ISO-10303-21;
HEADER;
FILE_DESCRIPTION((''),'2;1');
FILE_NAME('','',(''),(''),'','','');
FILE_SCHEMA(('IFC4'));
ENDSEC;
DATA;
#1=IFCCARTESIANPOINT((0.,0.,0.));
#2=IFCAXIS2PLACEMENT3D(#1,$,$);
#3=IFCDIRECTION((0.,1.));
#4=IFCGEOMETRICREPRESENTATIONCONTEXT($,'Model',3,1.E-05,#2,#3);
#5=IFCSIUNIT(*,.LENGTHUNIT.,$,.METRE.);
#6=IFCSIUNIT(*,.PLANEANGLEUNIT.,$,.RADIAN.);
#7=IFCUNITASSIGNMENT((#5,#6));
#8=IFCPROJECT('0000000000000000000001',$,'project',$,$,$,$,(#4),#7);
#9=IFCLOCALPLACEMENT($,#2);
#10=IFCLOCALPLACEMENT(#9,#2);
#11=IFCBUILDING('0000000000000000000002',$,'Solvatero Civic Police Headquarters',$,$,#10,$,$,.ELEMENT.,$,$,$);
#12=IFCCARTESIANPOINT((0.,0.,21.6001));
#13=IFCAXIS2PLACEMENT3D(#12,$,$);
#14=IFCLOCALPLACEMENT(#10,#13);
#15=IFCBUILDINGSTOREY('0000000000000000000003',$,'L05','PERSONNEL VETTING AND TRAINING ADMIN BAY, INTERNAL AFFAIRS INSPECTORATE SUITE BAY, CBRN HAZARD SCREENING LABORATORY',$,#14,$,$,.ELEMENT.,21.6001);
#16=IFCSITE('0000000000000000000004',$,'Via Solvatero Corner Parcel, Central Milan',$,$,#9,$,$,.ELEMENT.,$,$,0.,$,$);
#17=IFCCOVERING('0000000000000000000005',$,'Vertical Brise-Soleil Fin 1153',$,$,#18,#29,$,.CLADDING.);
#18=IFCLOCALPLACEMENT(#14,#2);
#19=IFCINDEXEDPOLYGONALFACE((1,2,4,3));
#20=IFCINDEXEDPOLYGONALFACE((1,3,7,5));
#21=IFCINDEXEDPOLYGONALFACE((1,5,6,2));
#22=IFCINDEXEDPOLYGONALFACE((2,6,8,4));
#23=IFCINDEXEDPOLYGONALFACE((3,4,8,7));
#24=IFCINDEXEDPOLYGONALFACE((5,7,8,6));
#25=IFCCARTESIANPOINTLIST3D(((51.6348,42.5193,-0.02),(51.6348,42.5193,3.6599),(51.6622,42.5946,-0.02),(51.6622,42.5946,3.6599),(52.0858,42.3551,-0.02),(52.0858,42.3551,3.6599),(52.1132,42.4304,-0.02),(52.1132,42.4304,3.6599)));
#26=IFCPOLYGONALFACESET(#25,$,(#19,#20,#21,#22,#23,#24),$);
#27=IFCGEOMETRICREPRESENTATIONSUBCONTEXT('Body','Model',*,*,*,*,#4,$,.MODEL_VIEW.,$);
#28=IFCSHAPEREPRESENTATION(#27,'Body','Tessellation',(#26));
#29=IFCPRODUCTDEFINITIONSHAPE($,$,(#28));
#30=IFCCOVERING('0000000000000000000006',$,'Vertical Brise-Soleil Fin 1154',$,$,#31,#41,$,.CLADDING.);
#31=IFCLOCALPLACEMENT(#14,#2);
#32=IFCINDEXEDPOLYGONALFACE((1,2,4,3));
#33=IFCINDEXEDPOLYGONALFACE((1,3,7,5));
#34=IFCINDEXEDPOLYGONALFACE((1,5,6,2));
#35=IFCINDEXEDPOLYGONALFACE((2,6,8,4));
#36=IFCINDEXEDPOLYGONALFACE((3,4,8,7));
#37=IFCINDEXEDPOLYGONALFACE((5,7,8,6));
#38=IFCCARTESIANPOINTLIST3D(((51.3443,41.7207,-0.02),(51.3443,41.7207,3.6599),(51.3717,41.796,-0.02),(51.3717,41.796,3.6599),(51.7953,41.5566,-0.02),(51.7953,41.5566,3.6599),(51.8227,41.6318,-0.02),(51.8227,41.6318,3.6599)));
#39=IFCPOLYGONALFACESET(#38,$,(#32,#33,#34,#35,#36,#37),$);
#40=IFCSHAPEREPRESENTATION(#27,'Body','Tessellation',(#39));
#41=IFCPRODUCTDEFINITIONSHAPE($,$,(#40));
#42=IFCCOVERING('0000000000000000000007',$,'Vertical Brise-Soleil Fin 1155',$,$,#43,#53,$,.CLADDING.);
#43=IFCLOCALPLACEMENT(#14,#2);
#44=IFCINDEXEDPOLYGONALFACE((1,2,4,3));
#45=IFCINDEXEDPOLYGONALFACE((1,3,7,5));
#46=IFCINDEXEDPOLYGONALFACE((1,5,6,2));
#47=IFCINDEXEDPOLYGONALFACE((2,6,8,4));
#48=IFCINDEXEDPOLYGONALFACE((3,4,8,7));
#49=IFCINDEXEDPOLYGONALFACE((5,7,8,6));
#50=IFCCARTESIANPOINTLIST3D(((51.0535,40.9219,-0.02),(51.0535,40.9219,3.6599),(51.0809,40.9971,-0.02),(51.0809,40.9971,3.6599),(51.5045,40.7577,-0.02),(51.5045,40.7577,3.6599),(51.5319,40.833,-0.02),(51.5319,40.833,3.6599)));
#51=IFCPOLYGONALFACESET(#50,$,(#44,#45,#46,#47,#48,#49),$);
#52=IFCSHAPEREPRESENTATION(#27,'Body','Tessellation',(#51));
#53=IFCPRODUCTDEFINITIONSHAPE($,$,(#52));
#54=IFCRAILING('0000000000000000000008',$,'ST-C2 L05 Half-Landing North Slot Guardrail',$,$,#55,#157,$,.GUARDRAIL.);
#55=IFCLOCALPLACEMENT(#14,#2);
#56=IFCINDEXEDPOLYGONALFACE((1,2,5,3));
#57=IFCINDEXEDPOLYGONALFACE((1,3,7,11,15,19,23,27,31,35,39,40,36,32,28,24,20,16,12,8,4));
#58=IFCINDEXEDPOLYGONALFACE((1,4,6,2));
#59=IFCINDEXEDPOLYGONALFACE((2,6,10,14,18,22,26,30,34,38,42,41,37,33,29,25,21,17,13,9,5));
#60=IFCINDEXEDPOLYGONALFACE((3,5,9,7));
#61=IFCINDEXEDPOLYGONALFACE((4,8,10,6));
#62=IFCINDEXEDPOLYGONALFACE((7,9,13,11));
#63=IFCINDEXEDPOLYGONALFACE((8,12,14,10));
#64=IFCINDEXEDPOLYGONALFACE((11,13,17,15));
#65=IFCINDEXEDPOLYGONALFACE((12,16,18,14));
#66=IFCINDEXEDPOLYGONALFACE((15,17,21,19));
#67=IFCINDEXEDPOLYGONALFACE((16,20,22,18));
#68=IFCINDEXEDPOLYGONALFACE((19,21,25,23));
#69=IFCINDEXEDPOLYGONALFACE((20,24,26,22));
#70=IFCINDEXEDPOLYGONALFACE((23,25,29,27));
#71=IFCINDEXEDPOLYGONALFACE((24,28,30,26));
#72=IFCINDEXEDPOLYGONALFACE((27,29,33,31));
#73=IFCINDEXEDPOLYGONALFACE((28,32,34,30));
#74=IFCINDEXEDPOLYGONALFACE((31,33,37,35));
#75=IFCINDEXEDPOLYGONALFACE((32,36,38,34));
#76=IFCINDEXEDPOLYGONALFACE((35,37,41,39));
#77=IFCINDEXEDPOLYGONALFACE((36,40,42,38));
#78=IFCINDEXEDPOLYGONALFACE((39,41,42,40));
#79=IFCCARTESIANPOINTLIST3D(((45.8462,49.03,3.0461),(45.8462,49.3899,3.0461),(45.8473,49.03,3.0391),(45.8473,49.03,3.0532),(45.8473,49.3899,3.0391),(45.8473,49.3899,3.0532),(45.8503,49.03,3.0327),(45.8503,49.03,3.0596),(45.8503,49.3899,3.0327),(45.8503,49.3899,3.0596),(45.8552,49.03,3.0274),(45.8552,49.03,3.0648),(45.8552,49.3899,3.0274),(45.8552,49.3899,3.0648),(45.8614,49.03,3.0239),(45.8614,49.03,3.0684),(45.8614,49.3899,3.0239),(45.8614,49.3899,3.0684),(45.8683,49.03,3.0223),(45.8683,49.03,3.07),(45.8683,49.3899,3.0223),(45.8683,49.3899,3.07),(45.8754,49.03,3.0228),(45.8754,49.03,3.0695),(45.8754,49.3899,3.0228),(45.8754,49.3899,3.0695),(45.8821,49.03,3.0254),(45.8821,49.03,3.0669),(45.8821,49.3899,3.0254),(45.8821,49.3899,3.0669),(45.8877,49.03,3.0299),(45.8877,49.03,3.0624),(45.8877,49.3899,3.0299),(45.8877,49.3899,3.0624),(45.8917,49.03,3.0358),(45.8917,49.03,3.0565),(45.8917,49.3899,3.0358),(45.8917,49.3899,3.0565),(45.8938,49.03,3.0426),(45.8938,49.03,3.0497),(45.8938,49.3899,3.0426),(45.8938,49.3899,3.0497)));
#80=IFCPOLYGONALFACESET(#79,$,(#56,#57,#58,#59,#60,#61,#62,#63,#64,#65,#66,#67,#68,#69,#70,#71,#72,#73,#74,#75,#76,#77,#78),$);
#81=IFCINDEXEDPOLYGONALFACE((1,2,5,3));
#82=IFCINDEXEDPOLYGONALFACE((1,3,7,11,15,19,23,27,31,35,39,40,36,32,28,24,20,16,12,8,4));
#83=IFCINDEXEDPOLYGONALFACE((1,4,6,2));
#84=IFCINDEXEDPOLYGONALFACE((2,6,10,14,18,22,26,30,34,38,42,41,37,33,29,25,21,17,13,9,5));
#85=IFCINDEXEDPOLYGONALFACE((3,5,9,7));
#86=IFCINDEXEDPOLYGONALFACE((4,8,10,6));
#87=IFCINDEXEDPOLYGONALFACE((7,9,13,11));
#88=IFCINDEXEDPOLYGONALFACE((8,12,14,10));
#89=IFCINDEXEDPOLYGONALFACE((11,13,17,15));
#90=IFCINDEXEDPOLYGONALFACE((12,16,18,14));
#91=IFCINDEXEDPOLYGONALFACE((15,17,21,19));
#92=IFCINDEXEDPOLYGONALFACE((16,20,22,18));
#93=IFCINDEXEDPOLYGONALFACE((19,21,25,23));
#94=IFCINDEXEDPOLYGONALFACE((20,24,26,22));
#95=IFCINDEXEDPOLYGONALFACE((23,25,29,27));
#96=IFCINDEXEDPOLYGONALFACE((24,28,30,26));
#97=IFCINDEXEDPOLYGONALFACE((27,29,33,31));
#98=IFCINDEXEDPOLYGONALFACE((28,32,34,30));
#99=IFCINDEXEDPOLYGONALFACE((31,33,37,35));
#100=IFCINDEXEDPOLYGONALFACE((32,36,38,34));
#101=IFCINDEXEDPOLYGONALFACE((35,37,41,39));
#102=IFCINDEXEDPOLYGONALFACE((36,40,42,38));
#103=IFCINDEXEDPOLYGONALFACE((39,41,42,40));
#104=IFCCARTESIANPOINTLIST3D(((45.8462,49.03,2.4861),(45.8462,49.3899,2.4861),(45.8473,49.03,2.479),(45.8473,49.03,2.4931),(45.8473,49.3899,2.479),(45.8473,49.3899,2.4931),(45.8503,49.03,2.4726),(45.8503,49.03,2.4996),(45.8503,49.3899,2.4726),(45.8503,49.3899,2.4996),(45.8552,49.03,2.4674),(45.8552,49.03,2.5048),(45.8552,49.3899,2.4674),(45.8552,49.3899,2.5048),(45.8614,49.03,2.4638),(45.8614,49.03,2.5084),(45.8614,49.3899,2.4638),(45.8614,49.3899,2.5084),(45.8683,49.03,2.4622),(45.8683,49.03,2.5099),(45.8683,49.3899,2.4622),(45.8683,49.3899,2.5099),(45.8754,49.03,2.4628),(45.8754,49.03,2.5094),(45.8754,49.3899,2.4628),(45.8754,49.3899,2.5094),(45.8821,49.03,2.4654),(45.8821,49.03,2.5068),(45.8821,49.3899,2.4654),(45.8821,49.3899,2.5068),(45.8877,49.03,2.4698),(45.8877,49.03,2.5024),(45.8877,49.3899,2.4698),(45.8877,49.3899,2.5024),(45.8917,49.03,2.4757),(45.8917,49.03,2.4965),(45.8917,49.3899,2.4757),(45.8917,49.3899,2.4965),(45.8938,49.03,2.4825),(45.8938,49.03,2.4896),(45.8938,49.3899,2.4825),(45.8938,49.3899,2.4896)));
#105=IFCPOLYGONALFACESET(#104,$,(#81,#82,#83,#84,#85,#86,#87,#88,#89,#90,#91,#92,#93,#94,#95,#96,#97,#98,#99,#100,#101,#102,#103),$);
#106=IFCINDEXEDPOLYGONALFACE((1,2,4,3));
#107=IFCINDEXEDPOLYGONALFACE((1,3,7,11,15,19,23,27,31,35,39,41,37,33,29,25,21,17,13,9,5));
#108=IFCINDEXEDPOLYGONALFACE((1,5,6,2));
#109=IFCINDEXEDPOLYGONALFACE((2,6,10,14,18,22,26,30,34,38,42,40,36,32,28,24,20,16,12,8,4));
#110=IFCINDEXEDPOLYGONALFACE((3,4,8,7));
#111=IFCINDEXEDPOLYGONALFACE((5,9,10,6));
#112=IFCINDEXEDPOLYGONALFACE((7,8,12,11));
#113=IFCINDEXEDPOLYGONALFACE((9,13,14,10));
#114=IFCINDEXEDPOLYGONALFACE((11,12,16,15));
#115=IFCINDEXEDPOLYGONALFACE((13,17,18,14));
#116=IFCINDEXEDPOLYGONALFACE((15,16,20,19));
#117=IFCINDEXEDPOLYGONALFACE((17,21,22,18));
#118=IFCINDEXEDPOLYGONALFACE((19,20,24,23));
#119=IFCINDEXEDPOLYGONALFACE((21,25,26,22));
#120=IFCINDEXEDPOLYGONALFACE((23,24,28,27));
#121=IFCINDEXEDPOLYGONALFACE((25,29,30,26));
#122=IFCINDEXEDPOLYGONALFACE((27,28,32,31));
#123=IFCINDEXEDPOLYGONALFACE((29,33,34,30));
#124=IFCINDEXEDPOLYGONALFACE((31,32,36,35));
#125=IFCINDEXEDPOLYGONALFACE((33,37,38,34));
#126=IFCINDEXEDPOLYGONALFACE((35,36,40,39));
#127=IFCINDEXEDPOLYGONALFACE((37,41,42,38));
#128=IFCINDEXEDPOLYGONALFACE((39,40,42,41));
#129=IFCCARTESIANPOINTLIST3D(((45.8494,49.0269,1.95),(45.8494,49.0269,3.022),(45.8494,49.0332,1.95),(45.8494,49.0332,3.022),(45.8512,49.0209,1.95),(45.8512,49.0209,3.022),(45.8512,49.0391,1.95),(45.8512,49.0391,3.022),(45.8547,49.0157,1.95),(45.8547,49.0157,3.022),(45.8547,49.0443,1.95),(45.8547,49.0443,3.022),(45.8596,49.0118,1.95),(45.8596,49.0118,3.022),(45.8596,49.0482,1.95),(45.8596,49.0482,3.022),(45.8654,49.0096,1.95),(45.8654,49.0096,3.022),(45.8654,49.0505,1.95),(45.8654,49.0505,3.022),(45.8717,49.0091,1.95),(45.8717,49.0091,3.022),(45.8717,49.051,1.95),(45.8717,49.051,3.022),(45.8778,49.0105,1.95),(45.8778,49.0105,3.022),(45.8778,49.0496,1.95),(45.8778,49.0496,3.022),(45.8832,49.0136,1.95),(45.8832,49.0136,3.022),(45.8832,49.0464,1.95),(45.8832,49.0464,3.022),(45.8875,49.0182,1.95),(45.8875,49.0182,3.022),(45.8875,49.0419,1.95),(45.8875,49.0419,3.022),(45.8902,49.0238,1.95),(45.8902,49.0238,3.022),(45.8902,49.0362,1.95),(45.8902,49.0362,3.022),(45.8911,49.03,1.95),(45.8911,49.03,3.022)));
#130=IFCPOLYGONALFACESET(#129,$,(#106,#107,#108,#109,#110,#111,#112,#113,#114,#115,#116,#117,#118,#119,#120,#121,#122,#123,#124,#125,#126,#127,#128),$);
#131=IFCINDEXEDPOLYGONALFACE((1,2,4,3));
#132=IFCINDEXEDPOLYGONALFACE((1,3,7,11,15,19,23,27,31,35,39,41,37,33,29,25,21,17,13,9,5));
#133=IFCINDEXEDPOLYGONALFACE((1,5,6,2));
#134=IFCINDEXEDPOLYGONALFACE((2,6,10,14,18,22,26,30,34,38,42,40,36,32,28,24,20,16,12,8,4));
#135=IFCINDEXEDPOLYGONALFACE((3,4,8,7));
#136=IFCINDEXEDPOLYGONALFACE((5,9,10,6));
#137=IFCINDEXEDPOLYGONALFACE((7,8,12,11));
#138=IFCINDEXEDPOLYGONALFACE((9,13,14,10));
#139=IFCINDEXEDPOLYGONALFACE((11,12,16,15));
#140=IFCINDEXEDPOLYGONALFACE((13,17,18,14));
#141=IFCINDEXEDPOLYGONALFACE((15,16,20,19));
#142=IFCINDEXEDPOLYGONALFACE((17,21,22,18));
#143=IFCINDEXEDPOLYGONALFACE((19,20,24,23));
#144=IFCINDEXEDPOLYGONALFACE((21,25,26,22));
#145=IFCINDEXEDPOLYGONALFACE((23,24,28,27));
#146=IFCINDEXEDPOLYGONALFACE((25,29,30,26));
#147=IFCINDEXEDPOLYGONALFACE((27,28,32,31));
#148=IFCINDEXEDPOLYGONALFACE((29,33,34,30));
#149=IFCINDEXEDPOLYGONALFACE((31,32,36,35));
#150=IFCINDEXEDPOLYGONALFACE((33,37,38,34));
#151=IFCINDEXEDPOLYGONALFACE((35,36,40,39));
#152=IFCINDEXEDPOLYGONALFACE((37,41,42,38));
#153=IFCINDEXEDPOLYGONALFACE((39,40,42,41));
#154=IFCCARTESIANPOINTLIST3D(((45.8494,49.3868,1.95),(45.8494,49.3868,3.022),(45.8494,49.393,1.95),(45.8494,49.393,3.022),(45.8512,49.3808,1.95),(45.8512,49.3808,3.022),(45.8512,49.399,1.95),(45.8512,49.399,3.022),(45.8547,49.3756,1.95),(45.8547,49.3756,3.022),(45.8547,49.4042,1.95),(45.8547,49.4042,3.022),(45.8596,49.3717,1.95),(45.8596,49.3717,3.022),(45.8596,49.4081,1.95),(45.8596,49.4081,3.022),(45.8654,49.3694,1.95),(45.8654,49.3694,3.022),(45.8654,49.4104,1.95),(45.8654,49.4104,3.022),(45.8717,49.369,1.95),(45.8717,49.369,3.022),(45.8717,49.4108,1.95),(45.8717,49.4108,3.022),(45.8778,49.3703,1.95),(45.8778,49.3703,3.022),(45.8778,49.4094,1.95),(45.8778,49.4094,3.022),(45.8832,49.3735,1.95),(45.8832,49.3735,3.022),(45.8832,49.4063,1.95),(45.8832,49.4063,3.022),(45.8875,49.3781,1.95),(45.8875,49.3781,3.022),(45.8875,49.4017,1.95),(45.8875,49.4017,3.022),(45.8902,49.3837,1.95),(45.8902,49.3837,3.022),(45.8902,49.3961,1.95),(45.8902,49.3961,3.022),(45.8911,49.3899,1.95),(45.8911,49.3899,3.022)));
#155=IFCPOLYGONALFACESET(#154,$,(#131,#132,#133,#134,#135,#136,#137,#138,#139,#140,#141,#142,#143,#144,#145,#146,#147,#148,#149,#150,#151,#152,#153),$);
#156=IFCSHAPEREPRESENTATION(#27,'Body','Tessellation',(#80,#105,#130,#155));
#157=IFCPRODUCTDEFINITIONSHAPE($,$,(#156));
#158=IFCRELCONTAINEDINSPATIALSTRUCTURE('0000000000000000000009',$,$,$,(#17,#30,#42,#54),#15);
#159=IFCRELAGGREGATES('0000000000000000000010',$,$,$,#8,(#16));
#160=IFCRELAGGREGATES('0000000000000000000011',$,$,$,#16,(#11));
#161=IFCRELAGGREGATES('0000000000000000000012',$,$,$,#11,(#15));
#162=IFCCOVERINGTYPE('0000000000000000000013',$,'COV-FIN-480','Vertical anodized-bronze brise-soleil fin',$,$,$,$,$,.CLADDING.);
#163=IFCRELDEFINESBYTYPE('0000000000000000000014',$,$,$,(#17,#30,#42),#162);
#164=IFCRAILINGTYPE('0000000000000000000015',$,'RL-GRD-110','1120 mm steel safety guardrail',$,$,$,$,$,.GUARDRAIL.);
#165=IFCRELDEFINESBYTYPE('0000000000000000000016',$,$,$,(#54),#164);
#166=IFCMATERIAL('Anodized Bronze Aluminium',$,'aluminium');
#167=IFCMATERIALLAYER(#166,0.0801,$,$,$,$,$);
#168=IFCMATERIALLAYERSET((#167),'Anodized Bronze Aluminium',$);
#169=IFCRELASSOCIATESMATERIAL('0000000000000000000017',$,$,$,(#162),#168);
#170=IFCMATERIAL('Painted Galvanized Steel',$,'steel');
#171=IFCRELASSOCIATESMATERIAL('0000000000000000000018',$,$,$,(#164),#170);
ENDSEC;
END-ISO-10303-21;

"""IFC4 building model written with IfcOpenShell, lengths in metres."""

from ifc_helpers import new_model, si_unit, direction, frame, origin, origin_2d, place, context, subcontext, project, spatial, rectangle, circle, extrude, material, layer, layer_set, type_object, element, save


model = new_model("IFC4")

# Units and contexts
model_context = context("Model", 3, precision=1e-05, world=origin(), true_north=direction((0.0, 1.0)))
body_context = subcontext(model_context, "Body", "Model", "MODEL_VIEW")
ifc_project = project(units=[si_unit("LENGTHUNIT", "METRE"), si_unit("PLANEANGLEUNIT", "RADIAN")], contexts=[model_context])

# Site, building, storey
site_placement = place(None, origin())
site = spatial("IfcSite", under=ifc_project, at=site_placement, Name="Via Solvatero Corner Parcel, Central Milan", CompositionType="ELEMENT", RefElevation=0.0)
building_placement = place(site_placement, origin())
building = spatial("IfcBuilding", under=site, at=building_placement, Name="Solvatero Civic Police Headquarters", CompositionType="ELEMENT")
storey_placement = place(building_placement, frame((0.0, 0.0, 21.6001)))
storey = spatial("IfcBuildingStorey", under=building, at=storey_placement, Name="L05", Description="PERSONNEL VETTING AND TRAINING ADMIN BAY, INTERNAL AFFAIRS INSPECTORATE SUITE BAY, CBRN HAZARD SCREENING LABORATORY", CompositionType="ELEMENT", Elevation=21.6001)

# Shared definitions
ifc_material_1 = material(Name="Anodized Bronze Aluminium", Category="aluminium")

# Coverings
ifc_layer_1 = layer(ifc_material_1, 0.0801)
ifc_layer_set_1 = layer_set([ifc_layer_1], Name="Anodized Bronze Aluminium")
covering_type = type_object("IfcCoveringType", Name="COV-FIN-480", Description="Vertical anodized-bronze brise-soleil fin", PredefinedType="CLADDING", material=ifc_layer_set_1)
for number, where, z_axis, x_axis, name in (
    (1, (51.874, 42.4749, -0.02), (0.0, 0.0, 1.0), (-0.34202, -0.939693, 0.0), "Vertical Brise-Soleil Fin 1153"),
    (2, (51.5835, 41.6763, -0.02), (0.0, 0.0, 1.0), (-0.34202, -0.939693, 0.0), "Vertical Brise-Soleil Fin 1154"),
    (3, (51.2927, 40.8774, -0.02), (0.0, 0.0, 1.0), (-0.34202, -0.939693, 0.0), "Vertical Brise-Soleil Fin 1155"),
):
    element("IfcCovering", number, at=place(storey_placement, frame(where, z_axis=z_axis, x_axis=x_axis)), inside=storey, type_object=covering_type, Name=name, PredefinedType="CLADDING", context=body_context, shape_type="SweptSolid", body=[
        extrude(rectangle(XDim=0.0801, YDim=0.48, at=origin_2d()), origin(), (0.0, 0.0, 1.0), 3.6799),
    ])

# Railing
ifc_material_2 = material(Name="Painted Galvanized Steel", Category="steel")
railing_type_1 = type_object("IfcRailingType", Name="RL-GRD-110", Description="1120 mm steel safety guardrail", PredefinedType="GUARDRAIL", material=ifc_material_2)
railing_1_placement = place(storey_placement, frame((45.8701, 49.03, 1.95)))
element("IfcRailing", 4, at=railing_1_placement, inside=storey, type_object=railing_type_1, Name="ST-C2 L05 Half-Landing North Slot Guardrail", PredefinedType="GUARDRAIL", context=body_context, shape_type="SweptSolid", body=[
    extrude(circle(Radius=0.0239, at=origin_2d()), frame((0.0, 0.0, 1.0962), z_axis=(0.0, 1.0, 0.0), x_axis=(-1.0, 0.0, 0.0)), (0.0, 0.0, 1.0), 0.3599),
    extrude(circle(Radius=0.0239, at=origin_2d()), frame((0.0, 0.0, 0.5361), z_axis=(0.0, 1.0, 0.0), x_axis=(-1.0, 0.0, 0.0)), (0.0, 0.0, 1.0), 0.3599),
    extrude(circle(Radius=0.021, at=origin_2d()), origin(), (0.0, 0.0, 1.0), 1.072),
    extrude(circle(Radius=0.021, at=origin_2d()), frame((0.0, 0.3599, 0.0)), (0.0, 0.0, 1.0), 1.072),
])

save(model, "model.ifc")
